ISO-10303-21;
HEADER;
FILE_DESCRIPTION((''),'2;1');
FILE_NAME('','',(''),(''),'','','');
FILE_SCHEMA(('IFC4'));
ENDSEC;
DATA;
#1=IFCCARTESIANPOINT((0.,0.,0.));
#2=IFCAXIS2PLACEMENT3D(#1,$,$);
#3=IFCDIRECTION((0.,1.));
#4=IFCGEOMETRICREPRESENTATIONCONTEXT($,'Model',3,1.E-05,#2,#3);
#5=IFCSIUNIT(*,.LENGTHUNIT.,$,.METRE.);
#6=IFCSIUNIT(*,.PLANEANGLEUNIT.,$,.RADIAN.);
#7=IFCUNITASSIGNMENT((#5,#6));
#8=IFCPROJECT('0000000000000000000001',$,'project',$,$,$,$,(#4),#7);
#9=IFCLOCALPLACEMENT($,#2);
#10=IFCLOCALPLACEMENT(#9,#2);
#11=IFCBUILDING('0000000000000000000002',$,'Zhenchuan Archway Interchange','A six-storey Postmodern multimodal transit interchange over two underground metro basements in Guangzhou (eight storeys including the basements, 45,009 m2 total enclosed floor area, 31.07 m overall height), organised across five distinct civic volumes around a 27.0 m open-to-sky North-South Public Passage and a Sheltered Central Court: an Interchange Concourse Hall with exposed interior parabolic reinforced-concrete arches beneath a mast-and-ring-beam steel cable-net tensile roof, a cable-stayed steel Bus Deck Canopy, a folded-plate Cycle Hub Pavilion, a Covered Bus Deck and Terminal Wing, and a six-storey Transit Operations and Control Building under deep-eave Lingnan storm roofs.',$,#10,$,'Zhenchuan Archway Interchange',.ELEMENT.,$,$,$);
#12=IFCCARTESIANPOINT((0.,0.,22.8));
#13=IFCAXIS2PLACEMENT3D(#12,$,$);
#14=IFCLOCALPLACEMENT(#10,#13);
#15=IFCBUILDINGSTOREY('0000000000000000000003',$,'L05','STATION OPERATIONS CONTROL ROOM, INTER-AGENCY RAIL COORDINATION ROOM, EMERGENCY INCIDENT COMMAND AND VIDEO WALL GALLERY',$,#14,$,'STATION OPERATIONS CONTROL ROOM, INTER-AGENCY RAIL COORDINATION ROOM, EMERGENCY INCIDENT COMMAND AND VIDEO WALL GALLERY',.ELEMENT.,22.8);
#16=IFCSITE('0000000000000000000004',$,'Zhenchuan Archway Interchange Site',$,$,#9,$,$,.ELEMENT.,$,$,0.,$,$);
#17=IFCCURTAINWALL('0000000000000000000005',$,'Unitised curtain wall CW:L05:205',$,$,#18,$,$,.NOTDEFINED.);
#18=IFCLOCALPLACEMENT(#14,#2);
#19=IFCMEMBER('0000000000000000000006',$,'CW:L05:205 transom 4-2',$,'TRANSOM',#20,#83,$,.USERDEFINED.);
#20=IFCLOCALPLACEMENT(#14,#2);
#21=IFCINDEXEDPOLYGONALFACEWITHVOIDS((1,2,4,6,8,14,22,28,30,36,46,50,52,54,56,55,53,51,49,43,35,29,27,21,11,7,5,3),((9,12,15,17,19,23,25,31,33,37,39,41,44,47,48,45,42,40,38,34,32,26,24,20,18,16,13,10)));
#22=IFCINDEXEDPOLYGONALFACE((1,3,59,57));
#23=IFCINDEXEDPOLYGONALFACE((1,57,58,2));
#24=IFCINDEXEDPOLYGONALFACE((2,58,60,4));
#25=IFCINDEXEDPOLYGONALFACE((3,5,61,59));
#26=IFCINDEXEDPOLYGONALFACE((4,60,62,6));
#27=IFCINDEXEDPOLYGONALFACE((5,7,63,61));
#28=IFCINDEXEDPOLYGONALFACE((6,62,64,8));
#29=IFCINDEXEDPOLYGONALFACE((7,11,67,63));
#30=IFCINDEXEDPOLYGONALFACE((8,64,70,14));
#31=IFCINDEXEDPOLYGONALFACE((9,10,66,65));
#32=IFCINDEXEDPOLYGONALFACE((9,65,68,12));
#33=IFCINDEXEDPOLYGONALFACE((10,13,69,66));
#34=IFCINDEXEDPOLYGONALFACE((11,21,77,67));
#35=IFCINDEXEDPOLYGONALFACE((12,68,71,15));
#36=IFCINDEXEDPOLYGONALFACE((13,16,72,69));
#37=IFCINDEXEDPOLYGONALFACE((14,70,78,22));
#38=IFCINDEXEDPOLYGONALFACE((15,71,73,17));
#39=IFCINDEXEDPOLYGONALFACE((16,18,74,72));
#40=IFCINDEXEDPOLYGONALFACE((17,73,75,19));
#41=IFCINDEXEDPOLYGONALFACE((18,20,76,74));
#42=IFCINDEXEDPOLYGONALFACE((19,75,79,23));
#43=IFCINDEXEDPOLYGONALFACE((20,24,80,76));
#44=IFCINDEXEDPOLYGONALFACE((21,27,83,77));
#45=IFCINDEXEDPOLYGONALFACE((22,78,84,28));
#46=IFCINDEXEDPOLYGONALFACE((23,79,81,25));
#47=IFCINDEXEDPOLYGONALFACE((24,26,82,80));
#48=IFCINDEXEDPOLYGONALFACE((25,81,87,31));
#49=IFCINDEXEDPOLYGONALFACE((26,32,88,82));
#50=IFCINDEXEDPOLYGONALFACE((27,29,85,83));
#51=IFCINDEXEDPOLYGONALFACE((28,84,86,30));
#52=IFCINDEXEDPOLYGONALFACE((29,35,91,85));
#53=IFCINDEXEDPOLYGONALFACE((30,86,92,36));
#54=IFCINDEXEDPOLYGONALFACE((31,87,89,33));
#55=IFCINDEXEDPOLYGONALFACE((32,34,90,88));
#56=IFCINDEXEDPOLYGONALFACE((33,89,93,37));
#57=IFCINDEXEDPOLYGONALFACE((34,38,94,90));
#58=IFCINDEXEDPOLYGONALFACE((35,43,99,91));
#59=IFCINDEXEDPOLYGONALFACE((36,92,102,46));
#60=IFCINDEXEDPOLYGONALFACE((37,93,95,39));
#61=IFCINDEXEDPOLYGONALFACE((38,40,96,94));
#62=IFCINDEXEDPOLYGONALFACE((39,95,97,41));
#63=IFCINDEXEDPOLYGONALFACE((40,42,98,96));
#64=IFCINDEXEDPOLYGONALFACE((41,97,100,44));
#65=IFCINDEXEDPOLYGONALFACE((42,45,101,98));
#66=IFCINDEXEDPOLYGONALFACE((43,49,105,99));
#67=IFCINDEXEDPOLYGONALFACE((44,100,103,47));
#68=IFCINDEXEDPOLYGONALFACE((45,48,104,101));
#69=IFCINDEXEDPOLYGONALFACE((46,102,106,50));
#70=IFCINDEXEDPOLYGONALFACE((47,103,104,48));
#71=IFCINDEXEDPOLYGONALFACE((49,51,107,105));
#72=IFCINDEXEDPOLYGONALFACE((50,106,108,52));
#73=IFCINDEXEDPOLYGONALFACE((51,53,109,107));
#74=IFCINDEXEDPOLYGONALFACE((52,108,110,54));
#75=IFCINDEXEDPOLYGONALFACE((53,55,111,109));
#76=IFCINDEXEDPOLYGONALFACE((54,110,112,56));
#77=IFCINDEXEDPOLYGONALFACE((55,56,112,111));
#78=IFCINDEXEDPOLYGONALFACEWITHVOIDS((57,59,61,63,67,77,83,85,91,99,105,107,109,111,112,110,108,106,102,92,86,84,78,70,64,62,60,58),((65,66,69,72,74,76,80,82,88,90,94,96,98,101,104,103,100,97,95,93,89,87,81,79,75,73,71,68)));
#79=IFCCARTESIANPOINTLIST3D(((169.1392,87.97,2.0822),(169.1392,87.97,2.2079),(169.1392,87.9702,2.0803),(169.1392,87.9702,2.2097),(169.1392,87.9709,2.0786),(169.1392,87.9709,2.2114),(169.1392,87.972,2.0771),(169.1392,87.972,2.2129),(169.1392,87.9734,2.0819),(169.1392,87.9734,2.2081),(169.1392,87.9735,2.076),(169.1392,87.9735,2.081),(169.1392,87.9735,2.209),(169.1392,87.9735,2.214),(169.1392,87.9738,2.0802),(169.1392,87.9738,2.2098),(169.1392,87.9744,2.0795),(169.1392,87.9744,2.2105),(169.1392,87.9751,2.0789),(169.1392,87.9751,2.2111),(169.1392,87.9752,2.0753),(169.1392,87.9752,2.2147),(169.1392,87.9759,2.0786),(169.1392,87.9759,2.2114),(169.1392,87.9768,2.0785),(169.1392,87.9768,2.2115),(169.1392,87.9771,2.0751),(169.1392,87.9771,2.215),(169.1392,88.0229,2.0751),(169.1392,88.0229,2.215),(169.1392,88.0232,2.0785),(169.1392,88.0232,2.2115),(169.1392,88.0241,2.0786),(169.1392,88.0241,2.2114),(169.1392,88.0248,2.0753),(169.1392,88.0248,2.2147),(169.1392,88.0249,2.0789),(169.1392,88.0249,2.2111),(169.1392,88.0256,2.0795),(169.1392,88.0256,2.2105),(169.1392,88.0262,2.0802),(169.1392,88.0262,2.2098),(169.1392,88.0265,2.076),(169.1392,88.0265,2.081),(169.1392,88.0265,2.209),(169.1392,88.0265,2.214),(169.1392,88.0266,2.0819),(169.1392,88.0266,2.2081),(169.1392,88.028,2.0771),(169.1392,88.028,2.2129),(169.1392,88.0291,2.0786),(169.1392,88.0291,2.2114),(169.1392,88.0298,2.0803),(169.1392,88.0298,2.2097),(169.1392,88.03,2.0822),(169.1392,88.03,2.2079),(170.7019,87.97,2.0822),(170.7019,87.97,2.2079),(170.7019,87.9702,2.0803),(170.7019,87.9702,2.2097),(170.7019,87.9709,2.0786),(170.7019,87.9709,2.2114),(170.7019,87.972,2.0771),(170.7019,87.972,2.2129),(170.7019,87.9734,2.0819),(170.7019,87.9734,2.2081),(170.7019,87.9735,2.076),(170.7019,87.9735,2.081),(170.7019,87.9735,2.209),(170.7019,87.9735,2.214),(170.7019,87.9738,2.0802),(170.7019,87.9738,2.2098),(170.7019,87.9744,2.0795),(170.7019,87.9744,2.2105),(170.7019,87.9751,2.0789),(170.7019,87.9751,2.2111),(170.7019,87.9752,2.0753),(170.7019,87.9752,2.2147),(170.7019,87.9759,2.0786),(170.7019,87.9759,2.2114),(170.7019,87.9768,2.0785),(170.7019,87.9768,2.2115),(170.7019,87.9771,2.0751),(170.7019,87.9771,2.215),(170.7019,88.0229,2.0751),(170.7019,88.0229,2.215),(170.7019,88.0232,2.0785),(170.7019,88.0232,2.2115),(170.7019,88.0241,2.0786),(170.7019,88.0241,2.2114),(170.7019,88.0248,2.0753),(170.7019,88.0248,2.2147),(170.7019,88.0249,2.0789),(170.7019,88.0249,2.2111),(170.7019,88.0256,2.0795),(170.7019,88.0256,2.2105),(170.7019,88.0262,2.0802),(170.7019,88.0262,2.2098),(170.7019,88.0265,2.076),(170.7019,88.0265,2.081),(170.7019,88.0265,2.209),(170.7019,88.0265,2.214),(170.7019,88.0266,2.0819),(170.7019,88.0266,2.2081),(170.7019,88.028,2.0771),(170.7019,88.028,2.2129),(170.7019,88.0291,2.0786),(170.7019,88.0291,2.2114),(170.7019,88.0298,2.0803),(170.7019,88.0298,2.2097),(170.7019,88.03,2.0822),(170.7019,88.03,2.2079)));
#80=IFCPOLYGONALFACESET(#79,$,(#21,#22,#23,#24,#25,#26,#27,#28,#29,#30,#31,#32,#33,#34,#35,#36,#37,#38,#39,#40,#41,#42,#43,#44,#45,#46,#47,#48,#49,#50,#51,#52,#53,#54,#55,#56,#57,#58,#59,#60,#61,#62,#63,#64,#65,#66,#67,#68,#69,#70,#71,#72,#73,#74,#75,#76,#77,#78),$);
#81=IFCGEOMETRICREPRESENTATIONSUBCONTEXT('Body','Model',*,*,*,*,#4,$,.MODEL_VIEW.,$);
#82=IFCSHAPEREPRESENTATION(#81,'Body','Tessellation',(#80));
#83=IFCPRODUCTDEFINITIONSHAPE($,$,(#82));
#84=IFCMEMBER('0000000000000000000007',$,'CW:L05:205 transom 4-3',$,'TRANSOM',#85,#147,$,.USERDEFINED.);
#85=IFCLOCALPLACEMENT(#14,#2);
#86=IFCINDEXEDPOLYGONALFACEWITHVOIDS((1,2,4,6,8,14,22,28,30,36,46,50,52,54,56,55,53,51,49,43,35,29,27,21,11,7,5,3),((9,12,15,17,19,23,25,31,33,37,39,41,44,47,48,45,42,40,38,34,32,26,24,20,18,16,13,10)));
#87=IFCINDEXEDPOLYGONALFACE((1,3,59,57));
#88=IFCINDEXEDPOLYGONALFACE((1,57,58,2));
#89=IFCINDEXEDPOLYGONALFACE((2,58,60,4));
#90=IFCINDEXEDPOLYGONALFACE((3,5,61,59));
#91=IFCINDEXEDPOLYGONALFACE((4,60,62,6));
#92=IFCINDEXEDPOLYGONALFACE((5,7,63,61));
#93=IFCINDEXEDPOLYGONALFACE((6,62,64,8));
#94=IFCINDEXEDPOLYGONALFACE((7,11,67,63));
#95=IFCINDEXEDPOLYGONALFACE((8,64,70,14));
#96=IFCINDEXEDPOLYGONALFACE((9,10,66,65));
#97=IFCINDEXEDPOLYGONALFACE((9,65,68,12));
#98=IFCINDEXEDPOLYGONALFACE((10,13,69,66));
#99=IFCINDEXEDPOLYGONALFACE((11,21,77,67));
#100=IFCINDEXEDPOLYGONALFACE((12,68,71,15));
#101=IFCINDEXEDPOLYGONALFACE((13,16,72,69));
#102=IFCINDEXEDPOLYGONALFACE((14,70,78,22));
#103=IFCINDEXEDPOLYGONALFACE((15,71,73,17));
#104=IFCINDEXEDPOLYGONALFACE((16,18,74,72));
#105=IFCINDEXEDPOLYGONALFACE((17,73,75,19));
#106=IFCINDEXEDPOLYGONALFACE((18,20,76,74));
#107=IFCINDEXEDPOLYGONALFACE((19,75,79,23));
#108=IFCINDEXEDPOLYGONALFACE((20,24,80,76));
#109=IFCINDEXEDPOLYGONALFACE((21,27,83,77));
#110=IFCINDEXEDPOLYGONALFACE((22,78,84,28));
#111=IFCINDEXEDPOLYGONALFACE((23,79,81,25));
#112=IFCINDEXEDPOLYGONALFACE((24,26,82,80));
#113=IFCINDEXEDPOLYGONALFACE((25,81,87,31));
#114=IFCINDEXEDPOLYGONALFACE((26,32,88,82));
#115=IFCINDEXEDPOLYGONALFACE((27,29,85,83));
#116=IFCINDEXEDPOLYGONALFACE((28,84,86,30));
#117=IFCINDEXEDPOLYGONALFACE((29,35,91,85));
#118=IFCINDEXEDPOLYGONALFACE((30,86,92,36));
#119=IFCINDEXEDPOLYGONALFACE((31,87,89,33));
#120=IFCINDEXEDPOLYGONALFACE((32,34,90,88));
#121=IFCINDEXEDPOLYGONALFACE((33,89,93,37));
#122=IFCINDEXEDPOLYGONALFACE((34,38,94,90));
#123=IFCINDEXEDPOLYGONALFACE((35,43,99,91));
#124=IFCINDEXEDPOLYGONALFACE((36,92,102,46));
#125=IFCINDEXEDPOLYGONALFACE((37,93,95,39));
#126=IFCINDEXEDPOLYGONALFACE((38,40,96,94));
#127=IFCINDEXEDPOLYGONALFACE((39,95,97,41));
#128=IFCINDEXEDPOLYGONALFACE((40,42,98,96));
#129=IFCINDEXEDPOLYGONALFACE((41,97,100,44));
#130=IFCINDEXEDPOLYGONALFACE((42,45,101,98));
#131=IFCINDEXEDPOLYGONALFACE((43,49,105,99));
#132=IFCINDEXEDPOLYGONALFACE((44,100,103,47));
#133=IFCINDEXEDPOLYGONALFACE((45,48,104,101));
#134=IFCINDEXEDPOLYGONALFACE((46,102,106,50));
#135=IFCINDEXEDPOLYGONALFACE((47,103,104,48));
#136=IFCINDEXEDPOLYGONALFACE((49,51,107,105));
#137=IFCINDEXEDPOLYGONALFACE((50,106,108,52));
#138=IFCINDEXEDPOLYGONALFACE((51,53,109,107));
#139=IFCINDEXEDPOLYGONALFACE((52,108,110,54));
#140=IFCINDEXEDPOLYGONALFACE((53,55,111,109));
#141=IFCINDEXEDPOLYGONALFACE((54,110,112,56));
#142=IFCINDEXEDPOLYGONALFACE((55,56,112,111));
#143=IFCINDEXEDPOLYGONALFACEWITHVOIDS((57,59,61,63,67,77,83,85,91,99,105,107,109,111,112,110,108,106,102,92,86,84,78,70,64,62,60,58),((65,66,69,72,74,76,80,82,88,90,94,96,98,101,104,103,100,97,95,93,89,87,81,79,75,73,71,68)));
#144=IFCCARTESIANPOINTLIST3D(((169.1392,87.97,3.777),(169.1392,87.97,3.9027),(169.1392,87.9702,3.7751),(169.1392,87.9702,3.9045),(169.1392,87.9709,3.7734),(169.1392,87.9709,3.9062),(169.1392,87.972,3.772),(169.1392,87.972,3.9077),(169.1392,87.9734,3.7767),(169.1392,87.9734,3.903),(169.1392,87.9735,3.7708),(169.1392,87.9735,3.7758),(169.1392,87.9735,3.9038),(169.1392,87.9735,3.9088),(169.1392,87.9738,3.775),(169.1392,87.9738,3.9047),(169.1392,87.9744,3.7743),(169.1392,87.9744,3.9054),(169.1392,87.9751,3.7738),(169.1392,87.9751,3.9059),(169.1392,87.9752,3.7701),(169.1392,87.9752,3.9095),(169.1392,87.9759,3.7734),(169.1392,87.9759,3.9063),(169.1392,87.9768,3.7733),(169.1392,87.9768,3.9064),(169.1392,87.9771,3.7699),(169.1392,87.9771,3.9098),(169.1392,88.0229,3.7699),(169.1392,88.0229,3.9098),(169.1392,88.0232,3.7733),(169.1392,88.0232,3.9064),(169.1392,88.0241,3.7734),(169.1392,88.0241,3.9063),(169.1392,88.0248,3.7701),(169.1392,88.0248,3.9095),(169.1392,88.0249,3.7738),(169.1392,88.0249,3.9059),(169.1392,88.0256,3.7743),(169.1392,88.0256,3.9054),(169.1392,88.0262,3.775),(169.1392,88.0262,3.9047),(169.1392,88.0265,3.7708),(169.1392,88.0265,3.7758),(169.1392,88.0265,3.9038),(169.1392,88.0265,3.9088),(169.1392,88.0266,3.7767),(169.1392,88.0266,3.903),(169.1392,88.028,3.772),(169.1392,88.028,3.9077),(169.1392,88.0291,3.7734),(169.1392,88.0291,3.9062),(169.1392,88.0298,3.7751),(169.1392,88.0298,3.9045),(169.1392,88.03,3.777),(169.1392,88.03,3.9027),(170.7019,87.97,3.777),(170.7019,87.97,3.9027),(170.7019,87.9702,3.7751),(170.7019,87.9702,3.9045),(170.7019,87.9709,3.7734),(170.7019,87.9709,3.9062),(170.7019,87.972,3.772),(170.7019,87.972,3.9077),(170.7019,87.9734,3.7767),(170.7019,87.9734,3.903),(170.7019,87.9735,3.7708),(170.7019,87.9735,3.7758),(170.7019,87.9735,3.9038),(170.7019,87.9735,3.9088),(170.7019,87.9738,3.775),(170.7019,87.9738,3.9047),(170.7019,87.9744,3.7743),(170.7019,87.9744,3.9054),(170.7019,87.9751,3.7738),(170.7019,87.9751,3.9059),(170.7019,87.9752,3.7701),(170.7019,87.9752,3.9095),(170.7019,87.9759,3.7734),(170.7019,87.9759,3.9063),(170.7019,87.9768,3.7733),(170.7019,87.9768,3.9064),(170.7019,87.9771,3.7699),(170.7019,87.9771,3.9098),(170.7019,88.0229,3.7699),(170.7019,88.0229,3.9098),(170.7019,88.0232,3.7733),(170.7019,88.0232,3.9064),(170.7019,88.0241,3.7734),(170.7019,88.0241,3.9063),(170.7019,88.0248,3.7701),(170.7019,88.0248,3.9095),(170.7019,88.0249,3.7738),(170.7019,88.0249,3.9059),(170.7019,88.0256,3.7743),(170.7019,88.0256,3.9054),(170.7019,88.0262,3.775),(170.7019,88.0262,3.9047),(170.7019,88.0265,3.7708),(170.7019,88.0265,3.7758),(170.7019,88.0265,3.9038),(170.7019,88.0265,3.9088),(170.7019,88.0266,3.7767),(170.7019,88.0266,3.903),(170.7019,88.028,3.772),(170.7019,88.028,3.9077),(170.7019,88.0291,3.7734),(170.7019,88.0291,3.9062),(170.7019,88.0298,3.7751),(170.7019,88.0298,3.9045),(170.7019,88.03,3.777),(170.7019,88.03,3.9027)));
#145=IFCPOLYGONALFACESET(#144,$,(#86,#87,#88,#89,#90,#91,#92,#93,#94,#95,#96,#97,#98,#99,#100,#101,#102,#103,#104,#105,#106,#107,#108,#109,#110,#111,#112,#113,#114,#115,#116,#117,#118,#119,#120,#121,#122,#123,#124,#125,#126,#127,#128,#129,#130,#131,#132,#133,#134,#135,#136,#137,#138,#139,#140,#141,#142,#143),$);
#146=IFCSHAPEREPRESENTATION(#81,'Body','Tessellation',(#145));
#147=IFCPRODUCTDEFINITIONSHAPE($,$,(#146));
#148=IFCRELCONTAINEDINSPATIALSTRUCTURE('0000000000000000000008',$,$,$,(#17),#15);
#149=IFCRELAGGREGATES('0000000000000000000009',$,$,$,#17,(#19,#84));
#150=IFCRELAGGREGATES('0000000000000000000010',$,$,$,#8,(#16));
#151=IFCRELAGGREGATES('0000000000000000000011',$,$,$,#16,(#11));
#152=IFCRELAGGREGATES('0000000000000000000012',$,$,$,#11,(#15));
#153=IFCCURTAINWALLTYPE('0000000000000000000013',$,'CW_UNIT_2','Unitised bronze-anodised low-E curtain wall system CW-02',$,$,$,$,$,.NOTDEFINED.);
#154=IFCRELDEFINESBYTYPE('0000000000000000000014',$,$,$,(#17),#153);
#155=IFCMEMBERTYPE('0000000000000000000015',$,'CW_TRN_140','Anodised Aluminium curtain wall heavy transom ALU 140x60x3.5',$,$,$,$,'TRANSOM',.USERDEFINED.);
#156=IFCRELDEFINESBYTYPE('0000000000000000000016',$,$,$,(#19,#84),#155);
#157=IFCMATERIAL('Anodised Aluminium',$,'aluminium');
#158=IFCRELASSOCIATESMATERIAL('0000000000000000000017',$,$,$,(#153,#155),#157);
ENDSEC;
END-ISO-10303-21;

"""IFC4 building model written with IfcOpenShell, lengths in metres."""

from ifc_helpers import new_model, si_unit, direction, frame, origin, origin_2d, place, context, subcontext, project, spatial, hollow_rectangle, extrude, material, material_profile, profile_set, type_object, element, aggregate, save


model = new_model("IFC4")

# Units and contexts
model_context = context("Model", 3, precision=1e-05, world=origin(), true_north=direction((0.0, 1.0)))
body_context = subcontext(model_context, "Body", "Model", "MODEL_VIEW")
ifc_project = project(units=[si_unit("LENGTHUNIT", "METRE"), si_unit("PLANEANGLEUNIT", "RADIAN")], contexts=[model_context])

# Site, building, storey
site_placement = place(None, origin())
site = spatial("IfcSite", under=ifc_project, at=site_placement, Name="Zhenchuan Archway Interchange Site", CompositionType="ELEMENT", RefElevation=0.0)
building_placement = place(site_placement, origin())
building = spatial("IfcBuilding", under=site, at=building_placement, Name="Zhenchuan Archway Interchange", Description="A six-storey Postmodern multimodal transit interchange over two underground metro basements in Guangzhou (eight storeys including the basements, 45,009 m2 total enclosed floor area, 31.07 m overall height), organised across five distinct civic volumes around a 27.0 m open-to-sky North-South Public Passage and a Sheltered Central Court: an Interchange Concourse Hall with exposed interior parabolic reinforced-concrete arches beneath a mast-and-ring-beam steel cable-net tensile roof, a cable-stayed steel Bus Deck Canopy, a folded-plate Cycle Hub Pavilion, a Covered Bus Deck and Terminal Wing, and a six-storey Transit Operations and Control Building under deep-eave Lingnan storm roofs.", LongName="Zhenchuan Archway Interchange", CompositionType="ELEMENT")
storey_placement = place(building_placement, frame((0.0, 0.0, 22.8)))
storey = spatial("IfcBuildingStorey", under=building, at=storey_placement, Name="L05", Description="STATION OPERATIONS CONTROL ROOM, INTER-AGENCY RAIL COORDINATION ROOM, EMERGENCY INCIDENT COMMAND AND VIDEO WALL GALLERY", LongName="STATION OPERATIONS CONTROL ROOM, INTER-AGENCY RAIL COORDINATION ROOM, EMERGENCY INCIDENT COMMAND AND VIDEO WALL GALLERY", CompositionType="ELEMENT", Elevation=22.8)

# Curtain wall, members
ifc_material_1 = material(Name="Anodised Aluminium", Category="aluminium")
curtain_wall_type = type_object("IfcCurtainWallType", Name="CW_UNIT_2", Description="Unitised bronze-anodised low-E curtain wall system CW-02", PredefinedType="NOTDEFINED", material=ifc_material_1)
curtain_wall_placement = place(storey_placement, origin())
curtain_wall = element("IfcCurtainWall", 1, at=curtain_wall_placement, inside=storey, type_object=curtain_wall_type, Name="Unitised curtain wall CW:L05:205", PredefinedType="NOTDEFINED")
ifc_material_profile_1 = material_profile(ifc_material_1, hollow_rectangle(XDim=0.0601, YDim=0.1399, WallThickness=0.0034, InnerFilletRadius=0.0034, OuterFilletRadius=0.0071, at=origin_2d()), Name="ALU 140x60x3.5")
ifc_profile_set_1 = profile_set([ifc_material_profile_1], Name="Anodised Aluminium")
member_type_1 = type_object("IfcMemberType", Name="CW_TRN_140", Description="Anodised Aluminium curtain wall heavy transom ALU 140x60x3.5", ElementType="TRANSOM", PredefinedType="USERDEFINED", material=ifc_profile_set_1)
member_1_placement = place(storey_placement, frame((169.1392, 88.0, 2.145), z_axis=(1.0, 0.0, 0.0), x_axis=(0.0, 1.0, 0.0)))
member_1 = element("IfcMember", 2, at=member_1_placement, type_object=member_type_1, Name="CW:L05:205 transom 4-2", ObjectType="TRANSOM", PredefinedType="USERDEFINED", context=body_context, shape_type="SweptSolid", body=[
    extrude(hollow_rectangle(XDim=0.0601, YDim=0.1399, WallThickness=0.0034, InnerFilletRadius=0.0034, OuterFilletRadius=0.0071, at=origin_2d()), origin(), (0.0, 0.0, 1.0), 1.5627),
])
member_2_placement = place(storey_placement, frame((169.1392, 88.0, 3.8398), z_axis=(1.0, 0.0, 0.0), x_axis=(0.0, 1.0, 0.0)))
member_2 = element("IfcMember", 3, at=member_2_placement, type_object=member_type_1, Name="CW:L05:205 transom 4-3", ObjectType="TRANSOM", PredefinedType="USERDEFINED", context=body_context, shape_type="SweptSolid", body=[
    extrude(hollow_rectangle(XDim=0.0601, YDim=0.1399, WallThickness=0.0034, InnerFilletRadius=0.0034, OuterFilletRadius=0.0071, at=origin_2d()), origin(), (0.0, 0.0, 1.0), 1.5627),
])

aggregate(curtain_wall, [member_1, member_2])

save(model, "model.ifc")
